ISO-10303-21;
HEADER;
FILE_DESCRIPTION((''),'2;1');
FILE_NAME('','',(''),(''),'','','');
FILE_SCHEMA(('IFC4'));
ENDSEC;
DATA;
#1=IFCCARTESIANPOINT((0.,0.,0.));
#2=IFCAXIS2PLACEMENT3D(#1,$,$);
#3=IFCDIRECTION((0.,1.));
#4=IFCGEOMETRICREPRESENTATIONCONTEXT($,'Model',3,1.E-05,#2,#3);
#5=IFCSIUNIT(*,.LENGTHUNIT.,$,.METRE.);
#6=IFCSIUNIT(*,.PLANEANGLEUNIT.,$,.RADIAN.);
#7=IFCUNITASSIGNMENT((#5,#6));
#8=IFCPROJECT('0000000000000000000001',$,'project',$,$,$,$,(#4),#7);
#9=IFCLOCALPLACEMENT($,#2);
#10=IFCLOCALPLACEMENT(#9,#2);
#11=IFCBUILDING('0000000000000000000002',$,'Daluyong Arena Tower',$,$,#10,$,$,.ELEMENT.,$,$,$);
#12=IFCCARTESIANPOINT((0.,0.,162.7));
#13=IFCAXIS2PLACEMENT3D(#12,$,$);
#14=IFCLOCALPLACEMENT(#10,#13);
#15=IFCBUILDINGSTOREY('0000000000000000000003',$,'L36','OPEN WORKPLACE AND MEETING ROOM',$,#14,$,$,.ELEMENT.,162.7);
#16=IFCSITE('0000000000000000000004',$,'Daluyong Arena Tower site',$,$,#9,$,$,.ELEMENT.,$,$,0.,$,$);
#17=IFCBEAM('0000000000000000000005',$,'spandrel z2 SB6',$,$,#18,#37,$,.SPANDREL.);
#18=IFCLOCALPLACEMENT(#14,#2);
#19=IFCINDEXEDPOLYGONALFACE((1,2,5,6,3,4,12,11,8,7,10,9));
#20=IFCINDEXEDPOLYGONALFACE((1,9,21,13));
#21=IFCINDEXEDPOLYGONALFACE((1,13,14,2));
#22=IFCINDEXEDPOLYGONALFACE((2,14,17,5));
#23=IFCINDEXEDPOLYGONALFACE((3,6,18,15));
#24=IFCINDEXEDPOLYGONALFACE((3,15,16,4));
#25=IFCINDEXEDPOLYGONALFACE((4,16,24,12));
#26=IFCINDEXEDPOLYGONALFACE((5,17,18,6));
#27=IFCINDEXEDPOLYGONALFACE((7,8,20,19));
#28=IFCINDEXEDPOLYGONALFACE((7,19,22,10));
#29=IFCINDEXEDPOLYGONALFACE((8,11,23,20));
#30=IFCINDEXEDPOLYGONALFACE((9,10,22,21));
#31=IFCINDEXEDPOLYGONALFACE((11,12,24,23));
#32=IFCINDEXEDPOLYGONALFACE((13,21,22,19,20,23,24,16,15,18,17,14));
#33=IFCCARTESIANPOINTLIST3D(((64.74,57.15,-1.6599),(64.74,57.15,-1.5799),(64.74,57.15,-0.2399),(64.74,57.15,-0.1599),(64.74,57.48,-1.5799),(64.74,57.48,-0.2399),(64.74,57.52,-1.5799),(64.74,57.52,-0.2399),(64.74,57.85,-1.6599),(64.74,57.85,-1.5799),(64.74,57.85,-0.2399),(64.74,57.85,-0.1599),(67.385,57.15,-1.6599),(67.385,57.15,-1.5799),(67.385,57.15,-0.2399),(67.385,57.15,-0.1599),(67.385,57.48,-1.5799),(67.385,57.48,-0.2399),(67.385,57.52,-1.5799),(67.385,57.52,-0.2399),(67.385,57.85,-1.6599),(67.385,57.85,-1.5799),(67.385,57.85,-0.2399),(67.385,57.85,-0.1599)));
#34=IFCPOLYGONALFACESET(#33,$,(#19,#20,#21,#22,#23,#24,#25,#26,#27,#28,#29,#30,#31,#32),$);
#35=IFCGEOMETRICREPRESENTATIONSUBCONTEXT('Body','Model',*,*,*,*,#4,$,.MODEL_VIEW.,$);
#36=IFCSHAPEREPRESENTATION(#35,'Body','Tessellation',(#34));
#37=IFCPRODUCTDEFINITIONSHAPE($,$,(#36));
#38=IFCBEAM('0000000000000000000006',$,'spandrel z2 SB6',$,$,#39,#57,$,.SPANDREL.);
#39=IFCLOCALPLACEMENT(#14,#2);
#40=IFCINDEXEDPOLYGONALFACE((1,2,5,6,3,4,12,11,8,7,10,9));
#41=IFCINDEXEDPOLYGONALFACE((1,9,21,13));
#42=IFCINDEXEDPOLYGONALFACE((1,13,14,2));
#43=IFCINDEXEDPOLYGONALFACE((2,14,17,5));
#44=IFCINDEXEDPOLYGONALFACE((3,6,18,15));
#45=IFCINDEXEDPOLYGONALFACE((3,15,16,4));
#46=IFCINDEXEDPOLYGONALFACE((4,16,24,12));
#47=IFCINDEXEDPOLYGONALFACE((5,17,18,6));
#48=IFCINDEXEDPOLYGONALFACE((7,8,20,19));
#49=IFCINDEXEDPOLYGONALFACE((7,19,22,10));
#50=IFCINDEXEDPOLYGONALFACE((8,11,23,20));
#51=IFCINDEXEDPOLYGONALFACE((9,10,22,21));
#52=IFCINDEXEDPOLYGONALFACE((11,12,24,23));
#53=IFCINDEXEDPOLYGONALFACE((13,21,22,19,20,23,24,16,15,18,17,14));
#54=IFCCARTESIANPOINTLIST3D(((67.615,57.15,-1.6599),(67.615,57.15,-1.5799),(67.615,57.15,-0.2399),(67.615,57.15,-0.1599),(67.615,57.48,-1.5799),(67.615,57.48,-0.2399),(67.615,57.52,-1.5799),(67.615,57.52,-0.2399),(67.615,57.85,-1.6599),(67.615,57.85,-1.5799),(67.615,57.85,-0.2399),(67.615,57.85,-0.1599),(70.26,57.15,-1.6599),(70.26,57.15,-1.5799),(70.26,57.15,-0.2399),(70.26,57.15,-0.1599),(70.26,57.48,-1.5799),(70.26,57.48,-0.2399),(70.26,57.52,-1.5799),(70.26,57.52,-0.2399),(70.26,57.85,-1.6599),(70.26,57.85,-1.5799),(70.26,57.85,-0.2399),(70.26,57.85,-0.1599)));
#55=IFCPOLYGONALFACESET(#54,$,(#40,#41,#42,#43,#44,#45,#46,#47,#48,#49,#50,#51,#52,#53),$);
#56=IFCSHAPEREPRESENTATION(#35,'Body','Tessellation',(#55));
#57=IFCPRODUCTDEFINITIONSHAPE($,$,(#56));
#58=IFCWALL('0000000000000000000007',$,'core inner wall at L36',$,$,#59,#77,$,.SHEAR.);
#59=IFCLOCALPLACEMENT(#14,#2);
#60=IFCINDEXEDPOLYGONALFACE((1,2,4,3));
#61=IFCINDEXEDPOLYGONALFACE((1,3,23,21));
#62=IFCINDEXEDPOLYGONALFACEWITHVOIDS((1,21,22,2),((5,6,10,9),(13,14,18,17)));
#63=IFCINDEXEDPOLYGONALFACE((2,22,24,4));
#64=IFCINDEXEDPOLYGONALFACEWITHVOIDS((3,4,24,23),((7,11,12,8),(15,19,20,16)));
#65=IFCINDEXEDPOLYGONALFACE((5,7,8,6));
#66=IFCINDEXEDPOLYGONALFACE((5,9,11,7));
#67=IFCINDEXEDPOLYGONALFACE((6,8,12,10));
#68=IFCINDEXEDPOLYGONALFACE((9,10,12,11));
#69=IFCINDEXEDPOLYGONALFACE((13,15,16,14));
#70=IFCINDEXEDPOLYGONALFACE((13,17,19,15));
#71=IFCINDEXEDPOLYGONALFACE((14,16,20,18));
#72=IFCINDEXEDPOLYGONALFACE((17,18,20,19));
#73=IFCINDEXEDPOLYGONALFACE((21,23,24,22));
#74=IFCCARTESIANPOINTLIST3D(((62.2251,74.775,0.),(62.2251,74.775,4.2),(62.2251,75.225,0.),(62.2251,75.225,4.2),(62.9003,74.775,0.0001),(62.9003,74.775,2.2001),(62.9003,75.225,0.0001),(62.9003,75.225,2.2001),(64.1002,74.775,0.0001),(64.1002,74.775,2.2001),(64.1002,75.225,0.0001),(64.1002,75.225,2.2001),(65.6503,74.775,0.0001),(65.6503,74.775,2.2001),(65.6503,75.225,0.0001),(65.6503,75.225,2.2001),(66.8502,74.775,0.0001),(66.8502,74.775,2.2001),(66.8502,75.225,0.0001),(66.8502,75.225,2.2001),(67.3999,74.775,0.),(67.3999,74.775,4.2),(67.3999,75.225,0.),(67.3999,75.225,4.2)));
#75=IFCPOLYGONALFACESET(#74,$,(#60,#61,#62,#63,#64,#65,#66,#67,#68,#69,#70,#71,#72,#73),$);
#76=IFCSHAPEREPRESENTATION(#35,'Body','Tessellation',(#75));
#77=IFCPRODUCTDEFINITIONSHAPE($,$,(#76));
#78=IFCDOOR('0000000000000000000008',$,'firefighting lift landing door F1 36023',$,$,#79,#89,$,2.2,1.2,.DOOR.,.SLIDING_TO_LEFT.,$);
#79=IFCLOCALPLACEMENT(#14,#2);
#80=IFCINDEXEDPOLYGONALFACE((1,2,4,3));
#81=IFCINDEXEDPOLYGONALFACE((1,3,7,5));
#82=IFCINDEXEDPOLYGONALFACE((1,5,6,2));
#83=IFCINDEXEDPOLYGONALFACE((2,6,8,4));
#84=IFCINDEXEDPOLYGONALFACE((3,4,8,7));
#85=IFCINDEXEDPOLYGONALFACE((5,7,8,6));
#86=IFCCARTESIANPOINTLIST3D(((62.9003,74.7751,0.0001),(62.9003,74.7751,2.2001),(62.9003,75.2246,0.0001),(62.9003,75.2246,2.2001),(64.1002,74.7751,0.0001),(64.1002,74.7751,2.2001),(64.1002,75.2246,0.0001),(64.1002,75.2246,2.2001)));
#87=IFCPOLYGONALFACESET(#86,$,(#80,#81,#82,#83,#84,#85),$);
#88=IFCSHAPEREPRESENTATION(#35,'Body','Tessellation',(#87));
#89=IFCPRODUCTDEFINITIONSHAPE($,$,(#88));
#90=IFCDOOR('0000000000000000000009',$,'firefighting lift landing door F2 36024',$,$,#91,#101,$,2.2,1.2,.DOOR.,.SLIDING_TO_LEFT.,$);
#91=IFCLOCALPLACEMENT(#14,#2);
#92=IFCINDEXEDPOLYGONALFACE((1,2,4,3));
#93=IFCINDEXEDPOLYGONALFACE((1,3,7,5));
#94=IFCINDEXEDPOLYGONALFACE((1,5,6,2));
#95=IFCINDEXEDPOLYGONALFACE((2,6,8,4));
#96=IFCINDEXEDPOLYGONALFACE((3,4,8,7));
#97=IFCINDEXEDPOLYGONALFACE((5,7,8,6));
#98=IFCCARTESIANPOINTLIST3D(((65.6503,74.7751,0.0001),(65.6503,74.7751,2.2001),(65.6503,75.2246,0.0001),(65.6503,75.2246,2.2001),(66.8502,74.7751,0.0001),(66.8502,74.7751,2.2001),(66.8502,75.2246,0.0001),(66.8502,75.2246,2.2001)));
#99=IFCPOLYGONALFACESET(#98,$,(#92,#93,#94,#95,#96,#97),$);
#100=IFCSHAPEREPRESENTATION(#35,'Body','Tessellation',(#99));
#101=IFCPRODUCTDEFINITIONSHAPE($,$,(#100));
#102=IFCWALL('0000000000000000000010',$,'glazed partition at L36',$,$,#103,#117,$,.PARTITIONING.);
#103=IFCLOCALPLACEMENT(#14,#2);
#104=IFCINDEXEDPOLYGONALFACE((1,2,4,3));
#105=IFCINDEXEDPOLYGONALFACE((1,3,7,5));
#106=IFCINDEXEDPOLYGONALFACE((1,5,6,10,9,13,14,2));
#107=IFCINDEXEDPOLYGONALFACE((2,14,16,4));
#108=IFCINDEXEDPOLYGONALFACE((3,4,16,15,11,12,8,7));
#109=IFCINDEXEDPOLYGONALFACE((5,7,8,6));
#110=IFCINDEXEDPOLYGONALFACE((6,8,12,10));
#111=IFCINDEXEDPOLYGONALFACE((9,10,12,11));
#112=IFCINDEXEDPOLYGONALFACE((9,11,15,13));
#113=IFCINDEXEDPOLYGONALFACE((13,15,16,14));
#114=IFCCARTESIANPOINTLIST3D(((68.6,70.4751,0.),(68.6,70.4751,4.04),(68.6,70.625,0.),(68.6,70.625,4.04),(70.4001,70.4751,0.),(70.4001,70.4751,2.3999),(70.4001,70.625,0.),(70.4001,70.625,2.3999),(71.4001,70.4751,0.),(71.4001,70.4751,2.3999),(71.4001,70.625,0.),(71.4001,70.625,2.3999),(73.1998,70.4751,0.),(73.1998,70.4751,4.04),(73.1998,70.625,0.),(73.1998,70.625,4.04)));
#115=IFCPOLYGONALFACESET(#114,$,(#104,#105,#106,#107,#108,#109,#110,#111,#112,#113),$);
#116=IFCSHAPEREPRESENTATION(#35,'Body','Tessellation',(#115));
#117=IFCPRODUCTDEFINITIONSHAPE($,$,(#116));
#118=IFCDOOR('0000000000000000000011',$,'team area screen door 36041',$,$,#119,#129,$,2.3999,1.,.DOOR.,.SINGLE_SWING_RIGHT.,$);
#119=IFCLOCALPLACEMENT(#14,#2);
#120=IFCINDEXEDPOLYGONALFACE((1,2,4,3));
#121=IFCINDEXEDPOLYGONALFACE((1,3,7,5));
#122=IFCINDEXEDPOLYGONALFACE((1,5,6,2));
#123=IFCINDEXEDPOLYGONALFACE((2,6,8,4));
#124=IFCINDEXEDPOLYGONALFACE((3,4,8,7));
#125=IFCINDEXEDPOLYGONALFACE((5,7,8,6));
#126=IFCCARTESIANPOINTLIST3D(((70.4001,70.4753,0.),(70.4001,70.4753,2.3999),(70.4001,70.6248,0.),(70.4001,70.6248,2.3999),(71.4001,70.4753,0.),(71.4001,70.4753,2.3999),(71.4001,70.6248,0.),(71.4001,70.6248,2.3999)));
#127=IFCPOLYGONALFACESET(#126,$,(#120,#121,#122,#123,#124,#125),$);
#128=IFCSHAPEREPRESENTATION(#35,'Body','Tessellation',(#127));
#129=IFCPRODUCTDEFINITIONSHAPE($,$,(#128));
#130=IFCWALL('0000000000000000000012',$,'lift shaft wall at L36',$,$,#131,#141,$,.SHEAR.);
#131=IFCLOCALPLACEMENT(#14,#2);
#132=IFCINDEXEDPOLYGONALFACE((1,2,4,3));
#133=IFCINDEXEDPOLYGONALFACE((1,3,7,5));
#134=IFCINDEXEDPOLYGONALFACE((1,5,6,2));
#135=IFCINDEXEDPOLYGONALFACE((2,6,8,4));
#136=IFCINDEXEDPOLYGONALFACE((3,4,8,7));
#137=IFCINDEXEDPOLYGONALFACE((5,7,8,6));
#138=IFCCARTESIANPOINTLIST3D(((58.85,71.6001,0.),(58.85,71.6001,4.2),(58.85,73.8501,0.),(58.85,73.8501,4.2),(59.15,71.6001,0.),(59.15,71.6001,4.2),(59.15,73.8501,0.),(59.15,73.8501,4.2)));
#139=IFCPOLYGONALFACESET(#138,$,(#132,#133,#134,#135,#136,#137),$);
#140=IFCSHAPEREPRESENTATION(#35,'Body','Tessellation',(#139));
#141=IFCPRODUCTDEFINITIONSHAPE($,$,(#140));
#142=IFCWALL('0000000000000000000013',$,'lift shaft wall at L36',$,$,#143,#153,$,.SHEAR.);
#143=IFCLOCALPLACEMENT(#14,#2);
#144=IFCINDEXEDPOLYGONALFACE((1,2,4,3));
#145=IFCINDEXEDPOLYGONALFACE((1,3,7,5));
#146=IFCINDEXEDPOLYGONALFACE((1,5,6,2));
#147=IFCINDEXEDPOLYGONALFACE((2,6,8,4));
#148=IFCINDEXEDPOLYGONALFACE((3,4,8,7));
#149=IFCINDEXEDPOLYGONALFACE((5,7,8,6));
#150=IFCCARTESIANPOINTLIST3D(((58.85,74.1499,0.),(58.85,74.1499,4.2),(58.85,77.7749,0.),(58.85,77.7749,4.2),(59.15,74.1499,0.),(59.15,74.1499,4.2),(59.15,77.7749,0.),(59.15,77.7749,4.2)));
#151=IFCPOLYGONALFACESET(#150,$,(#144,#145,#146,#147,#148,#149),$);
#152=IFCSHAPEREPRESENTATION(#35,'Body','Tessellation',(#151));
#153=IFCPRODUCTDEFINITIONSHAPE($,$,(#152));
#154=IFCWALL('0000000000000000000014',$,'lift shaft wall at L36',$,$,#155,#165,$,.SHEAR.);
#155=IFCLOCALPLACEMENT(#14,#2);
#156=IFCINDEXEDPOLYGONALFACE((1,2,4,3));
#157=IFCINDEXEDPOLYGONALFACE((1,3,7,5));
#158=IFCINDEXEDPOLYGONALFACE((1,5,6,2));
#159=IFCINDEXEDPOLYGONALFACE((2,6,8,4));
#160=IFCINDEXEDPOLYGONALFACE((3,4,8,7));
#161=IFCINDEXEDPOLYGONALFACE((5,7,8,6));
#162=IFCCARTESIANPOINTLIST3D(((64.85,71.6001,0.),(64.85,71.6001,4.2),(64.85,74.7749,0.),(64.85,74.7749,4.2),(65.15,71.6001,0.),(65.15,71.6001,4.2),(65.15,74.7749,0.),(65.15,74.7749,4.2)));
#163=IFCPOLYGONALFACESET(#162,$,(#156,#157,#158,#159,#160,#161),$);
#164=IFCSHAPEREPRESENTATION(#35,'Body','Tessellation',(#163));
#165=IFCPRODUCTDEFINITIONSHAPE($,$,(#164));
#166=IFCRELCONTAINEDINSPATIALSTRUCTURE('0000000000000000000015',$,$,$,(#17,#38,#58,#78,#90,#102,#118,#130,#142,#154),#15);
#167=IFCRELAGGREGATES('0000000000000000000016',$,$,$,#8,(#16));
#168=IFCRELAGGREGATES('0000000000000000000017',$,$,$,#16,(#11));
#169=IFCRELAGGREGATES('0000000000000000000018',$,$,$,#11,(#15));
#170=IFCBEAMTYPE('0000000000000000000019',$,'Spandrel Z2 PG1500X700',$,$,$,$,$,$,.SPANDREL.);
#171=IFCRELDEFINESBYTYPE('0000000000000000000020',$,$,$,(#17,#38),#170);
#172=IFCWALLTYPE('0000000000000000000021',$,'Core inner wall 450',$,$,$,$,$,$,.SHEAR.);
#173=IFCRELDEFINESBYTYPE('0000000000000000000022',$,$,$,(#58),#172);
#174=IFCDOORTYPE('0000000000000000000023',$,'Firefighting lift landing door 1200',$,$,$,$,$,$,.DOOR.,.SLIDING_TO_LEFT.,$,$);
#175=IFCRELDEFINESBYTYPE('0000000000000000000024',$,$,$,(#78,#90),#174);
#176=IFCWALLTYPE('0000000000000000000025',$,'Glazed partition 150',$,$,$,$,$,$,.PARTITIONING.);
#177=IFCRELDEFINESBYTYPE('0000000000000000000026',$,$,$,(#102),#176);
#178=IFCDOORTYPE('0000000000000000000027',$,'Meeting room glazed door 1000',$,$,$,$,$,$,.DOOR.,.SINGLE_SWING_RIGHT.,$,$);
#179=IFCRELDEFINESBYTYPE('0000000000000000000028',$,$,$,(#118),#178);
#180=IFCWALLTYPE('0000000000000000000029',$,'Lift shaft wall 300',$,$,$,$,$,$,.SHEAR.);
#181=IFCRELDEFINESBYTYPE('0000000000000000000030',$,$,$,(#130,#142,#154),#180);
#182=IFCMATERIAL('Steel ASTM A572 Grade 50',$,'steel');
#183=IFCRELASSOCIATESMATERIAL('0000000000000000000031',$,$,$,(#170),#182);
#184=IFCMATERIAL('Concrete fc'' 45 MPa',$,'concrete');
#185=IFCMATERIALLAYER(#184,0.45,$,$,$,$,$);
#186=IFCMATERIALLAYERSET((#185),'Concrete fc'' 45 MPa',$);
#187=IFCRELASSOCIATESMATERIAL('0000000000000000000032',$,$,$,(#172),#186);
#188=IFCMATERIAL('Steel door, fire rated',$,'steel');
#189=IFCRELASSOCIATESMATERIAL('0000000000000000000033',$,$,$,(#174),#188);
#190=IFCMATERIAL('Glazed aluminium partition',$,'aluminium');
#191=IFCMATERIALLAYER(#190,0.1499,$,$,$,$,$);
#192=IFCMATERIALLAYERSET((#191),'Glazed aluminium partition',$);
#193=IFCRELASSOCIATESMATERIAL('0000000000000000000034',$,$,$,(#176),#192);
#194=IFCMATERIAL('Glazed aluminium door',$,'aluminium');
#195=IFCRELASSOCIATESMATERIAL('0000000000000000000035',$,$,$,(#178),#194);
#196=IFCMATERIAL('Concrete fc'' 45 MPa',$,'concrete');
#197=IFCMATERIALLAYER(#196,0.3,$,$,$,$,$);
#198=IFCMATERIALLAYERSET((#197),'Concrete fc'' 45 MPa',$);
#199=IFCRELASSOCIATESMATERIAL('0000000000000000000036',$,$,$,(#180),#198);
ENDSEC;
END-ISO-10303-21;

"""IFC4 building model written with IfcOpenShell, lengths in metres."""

from ifc_helpers import new_model, si_unit, direction, frame, frame_2d, origin, origin_2d, place, context, subcontext, project, spatial, rectangle, i_section, extrude, material, layer, layer_set, material_profile, profile_set, type_object, element, fill, save


model = new_model("IFC4")

# Units and contexts
model_context = context("Model", 3, precision=1e-05, world=origin(), true_north=direction((0.0, 1.0)))
body_context = subcontext(model_context, "Body", "Model", "MODEL_VIEW")
ifc_project = project(units=[si_unit("LENGTHUNIT", "METRE"), si_unit("PLANEANGLEUNIT", "RADIAN")], contexts=[model_context])

# Site, building, storey
site_placement = place(None, origin())
site = spatial("IfcSite", under=ifc_project, at=site_placement, Name="Daluyong Arena Tower site", CompositionType="ELEMENT", RefElevation=0.0)
building_placement = place(site_placement, origin())
building = spatial("IfcBuilding", under=site, at=building_placement, Name="Daluyong Arena Tower", CompositionType="ELEMENT")
storey_placement = place(building_placement, frame((0.0, 0.0, 162.7)))
storey = spatial("IfcBuildingStorey", under=building, at=storey_placement, Name="L36", Description="OPEN WORKPLACE AND MEETING ROOM", CompositionType="ELEMENT", Elevation=162.7)

# Beams
ifc_material_1 = material(Name="Steel ASTM A572 Grade 50", Category="steel")
ifc_material_profile_1 = material_profile(ifc_material_1, i_section(OverallWidth=0.7, OverallDepth=1.5, WebThickness=0.04, FlangeThickness=0.08, at=origin_2d()))
ifc_profile_set_1 = profile_set([ifc_material_profile_1], Name="Steel ASTM A572 Grade 50")
beam_type_1 = type_object("IfcBeamType", Name="Spandrel Z2 PG1500X700", PredefinedType="SPANDREL", material=ifc_profile_set_1)
for number, where, z_axis, x_axis, name in (
    (1, (64.74, 57.5, -0.9099), (1.0, 0.0, 0.0), (0.0, 1.0, 0.0), "spandrel z2 SB6"),
    (2, (67.615, 57.5, -0.9099), (1.0, 0.0, 0.0), (0.0, 1.0, 0.0), "spandrel z2 SB6"),
):
    element("IfcBeam", number, at=place(storey_placement, frame(where, z_axis=z_axis, x_axis=x_axis)), inside=storey, type_object=beam_type_1, Name=name, PredefinedType="SPANDREL", context=body_context, shape_type="SweptSolid", body=[
        extrude(i_section(OverallWidth=0.7, OverallDepth=1.5, WebThickness=0.04, FlangeThickness=0.08, at=origin_2d()), origin(), (0.0, 0.0, 1.0), 2.645),
    ])

# Shared definitions
ifc_material_2 = material(Name="Concrete fc' 45 MPa", Category="concrete")
ifc_layer_1 = layer(ifc_material_2, 0.45)
ifc_layer_set_1 = layer_set([ifc_layer_1], Name="Concrete fc' 45 MPa")
wall_type_1 = type_object("IfcWallType", Name="Core inner wall 450", PredefinedType="SHEAR", material=ifc_layer_set_1)

# Wall, openings, doors
wall_1_placement = place(storey_placement, frame((62.2251, 75.0, 0.0), z_axis=(0.0, 0.0, 1.0), x_axis=(1.0, 0.0, 0.0)))
wall_1 = element("IfcWall", 3, at=wall_1_placement, inside=storey, type_object=wall_type_1, Name="core inner wall at L36", PredefinedType="SHEAR", context=body_context, shape_type="SweptSolid", body=[
    extrude(rectangle(XDim=5.1748, YDim=0.45, at=frame_2d((2.5874, 0.0))), origin(), (0.0, 0.0, 1.0), 4.2),
])
opening_1_placement = place(wall_1_placement, frame((0.675, 0.0, 0.0)))
opening_1 = element("IfcOpeningElement", 4, at=opening_1_placement, cuts=wall_1, PredefinedType="OPENING", context=body_context, shape_type="SweptSolid", body=[
    extrude(rectangle(XDim=1.2, YDim=2.2, at=frame_2d((0.6001, 1.1001))), frame((0.0, 0.2349, 0.0), z_axis=(0.0, -1.0, 0.0), x_axis=(1.0, 0.0, 0.0)), (0.0, 0.0, 1.0), 0.47),
])
opening_2_placement = place(wall_1_placement, frame((3.425, 0.0, 0.0)))
opening_2 = element("IfcOpeningElement", 5, at=opening_2_placement, cuts=wall_1, PredefinedType="OPENING", context=body_context, shape_type="SweptSolid", body=[
    extrude(rectangle(XDim=1.2, YDim=2.2, at=frame_2d((0.6001, 1.1001))), frame((0.0, 0.2349, 0.0), z_axis=(0.0, -1.0, 0.0), x_axis=(1.0, 0.0, 0.0)), (0.0, 0.0, 1.0), 0.47),
])
ifc_material_3 = material(Name="Steel door, fire rated", Category="steel")
door_type_1 = type_object("IfcDoorType", Name="Firefighting lift landing door 1200", OperationType="SLIDING_TO_LEFT", PredefinedType="DOOR", material=ifc_material_3)
door_1_placement = place(opening_1_placement, origin())
door_1 = element("IfcDoor", 6, at=door_1_placement, inside=storey, type_object=door_type_1, Name="firefighting lift landing door F1 36023", OperationType="SLIDING_TO_LEFT", OverallHeight=2.2, OverallWidth=1.2, PredefinedType="DOOR", context=body_context, shape_type="SweptSolid", body=[
    extrude(rectangle(XDim=1.2, YDim=2.2, at=frame_2d((0.6001, 1.1001))), frame((0.0, 0.2246, 0.0), z_axis=(0.0, -1.0, 0.0), x_axis=(1.0, 0.0, 0.0)), (0.0, 0.0, 1.0), 0.4495),
])
fill(opening_1, door_1)
door_2_placement = place(opening_2_placement, origin())
door_2 = element("IfcDoor", 7, at=door_2_placement, inside=storey, type_object=door_type_1, Name="firefighting lift landing door F2 36024", OperationType="SLIDING_TO_LEFT", OverallHeight=2.2, OverallWidth=1.2, PredefinedType="DOOR", context=body_context, shape_type="SweptSolid", body=[
    extrude(rectangle(XDim=1.2, YDim=2.2, at=frame_2d((0.6001, 1.1001))), frame((0.0, 0.2246, 0.0), z_axis=(0.0, -1.0, 0.0), x_axis=(1.0, 0.0, 0.0)), (0.0, 0.0, 1.0), 0.4495),
])
fill(opening_2, door_2)

# Wall, opening, door
ifc_material_4 = material(Name="Glazed aluminium partition", Category="aluminium")
ifc_layer_2 = layer(ifc_material_4, 0.1499)
ifc_layer_set_2 = layer_set([ifc_layer_2], Name="Glazed aluminium partition")
wall_type_2 = type_object("IfcWallType", Name="Glazed partition 150", PredefinedType="PARTITIONING", material=ifc_layer_set_2)
wall_2_placement = place(storey_placement, frame((68.6001, 70.55, 0.0), z_axis=(0.0, 0.0, 1.0), x_axis=(1.0, 0.0, 0.0)))
wall_2 = element("IfcWall", 8, at=wall_2_placement, inside=storey, type_object=wall_type_2, Name="glazed partition at L36", PredefinedType="PARTITIONING", context=body_context, shape_type="SweptSolid", body=[
    extrude(rectangle(XDim=4.5999, YDim=0.1499, at=frame_2d((2.2998, 0.0))), origin(), (0.0, 0.0, 1.0), 4.04),
])
opening_3_placement = place(wall_2_placement, frame((1.8, 0.0, 0.0)))
opening_3 = element("IfcOpeningElement", 9, at=opening_3_placement, cuts=wall_2, PredefinedType="OPENING", context=body_context, shape_type="SweptSolid", body=[
    extrude(rectangle(XDim=1.0, YDim=2.3999, at=frame_2d((0.5, 1.2))), frame((0.0, 0.085, 0.0), z_axis=(0.0, -1.0, 0.0), x_axis=(1.0, 0.0, 0.0)), (0.0, 0.0, 1.0), 0.1699),
])
ifc_material_5 = material(Name="Glazed aluminium door", Category="aluminium")
door_type_2 = type_object("IfcDoorType", Name="Meeting room glazed door 1000", OperationType="SINGLE_SWING_RIGHT", PredefinedType="DOOR", material=ifc_material_5)
door_3_placement = place(opening_3_placement, origin())
door_3 = element("IfcDoor", 10, at=door_3_placement, inside=storey, type_object=door_type_2, Name="team area screen door 36041", OperationType="SINGLE_SWING_RIGHT", OverallHeight=2.3999, OverallWidth=1.0, PredefinedType="DOOR", context=body_context, shape_type="SweptSolid", body=[
    extrude(rectangle(XDim=1.0, YDim=2.3999, at=frame_2d((0.5, 1.2))), frame((0.0, 0.0747, 0.0), z_axis=(0.0, -1.0, 0.0), x_axis=(1.0, 0.0, 0.0)), (0.0, 0.0, 1.0), 0.1494),
])
fill(opening_3, door_3)

# Walls
ifc_material_6 = material(Name="Concrete fc' 45 MPa", Category="concrete")
ifc_layer_3 = layer(ifc_material_6, 0.3)
ifc_layer_set_3 = layer_set([ifc_layer_3], Name="Concrete fc' 45 MPa")
wall_type_3 = type_object("IfcWallType", Name="Lift shaft wall 300", PredefinedType="SHEAR", material=ifc_layer_set_3)
wall_3_placement = place(storey_placement, frame((59.0, 71.6001, 0.0), z_axis=(0.0, 0.0, 1.0), x_axis=(0.0, 1.0, 0.0)))
element("IfcWall", 11, at=wall_3_placement, inside=storey, type_object=wall_type_3, Name="lift shaft wall at L36", PredefinedType="SHEAR", context=body_context, shape_type="SweptSolid", body=[
    extrude(rectangle(XDim=2.25, YDim=0.3, at=frame_2d((1.125, 0.0))), origin(), (0.0, 0.0, 1.0), 4.2),
])
wall_4_placement = place(storey_placement, frame((59.0, 74.1499, 0.0), z_axis=(0.0, 0.0, 1.0), x_axis=(0.0, 1.0, 0.0)))
element("IfcWall", 12, at=wall_4_placement, inside=storey, type_object=wall_type_3, Name="lift shaft wall at L36", PredefinedType="SHEAR", context=body_context, shape_type="SweptSolid", body=[
    extrude(rectangle(XDim=3.625, YDim=0.3, at=frame_2d((1.8125, 0.0))), origin(), (0.0, 0.0, 1.0), 4.2),
])
wall_5_placement = place(storey_placement, frame((65.0, 71.6001, 0.0), z_axis=(0.0, 0.0, 1.0), x_axis=(0.0, 1.0, 0.0)))
element("IfcWall", 13, at=wall_5_placement, inside=storey, type_object=wall_type_3, Name="lift shaft wall at L36", PredefinedType="SHEAR", context=body_context, shape_type="SweptSolid", body=[
    extrude(rectangle(XDim=3.1748, YDim=0.3, at=frame_2d((1.5874, 0.0))), origin(), (0.0, 0.0, 1.0), 4.2),
])

save(model, "model.ifc")
